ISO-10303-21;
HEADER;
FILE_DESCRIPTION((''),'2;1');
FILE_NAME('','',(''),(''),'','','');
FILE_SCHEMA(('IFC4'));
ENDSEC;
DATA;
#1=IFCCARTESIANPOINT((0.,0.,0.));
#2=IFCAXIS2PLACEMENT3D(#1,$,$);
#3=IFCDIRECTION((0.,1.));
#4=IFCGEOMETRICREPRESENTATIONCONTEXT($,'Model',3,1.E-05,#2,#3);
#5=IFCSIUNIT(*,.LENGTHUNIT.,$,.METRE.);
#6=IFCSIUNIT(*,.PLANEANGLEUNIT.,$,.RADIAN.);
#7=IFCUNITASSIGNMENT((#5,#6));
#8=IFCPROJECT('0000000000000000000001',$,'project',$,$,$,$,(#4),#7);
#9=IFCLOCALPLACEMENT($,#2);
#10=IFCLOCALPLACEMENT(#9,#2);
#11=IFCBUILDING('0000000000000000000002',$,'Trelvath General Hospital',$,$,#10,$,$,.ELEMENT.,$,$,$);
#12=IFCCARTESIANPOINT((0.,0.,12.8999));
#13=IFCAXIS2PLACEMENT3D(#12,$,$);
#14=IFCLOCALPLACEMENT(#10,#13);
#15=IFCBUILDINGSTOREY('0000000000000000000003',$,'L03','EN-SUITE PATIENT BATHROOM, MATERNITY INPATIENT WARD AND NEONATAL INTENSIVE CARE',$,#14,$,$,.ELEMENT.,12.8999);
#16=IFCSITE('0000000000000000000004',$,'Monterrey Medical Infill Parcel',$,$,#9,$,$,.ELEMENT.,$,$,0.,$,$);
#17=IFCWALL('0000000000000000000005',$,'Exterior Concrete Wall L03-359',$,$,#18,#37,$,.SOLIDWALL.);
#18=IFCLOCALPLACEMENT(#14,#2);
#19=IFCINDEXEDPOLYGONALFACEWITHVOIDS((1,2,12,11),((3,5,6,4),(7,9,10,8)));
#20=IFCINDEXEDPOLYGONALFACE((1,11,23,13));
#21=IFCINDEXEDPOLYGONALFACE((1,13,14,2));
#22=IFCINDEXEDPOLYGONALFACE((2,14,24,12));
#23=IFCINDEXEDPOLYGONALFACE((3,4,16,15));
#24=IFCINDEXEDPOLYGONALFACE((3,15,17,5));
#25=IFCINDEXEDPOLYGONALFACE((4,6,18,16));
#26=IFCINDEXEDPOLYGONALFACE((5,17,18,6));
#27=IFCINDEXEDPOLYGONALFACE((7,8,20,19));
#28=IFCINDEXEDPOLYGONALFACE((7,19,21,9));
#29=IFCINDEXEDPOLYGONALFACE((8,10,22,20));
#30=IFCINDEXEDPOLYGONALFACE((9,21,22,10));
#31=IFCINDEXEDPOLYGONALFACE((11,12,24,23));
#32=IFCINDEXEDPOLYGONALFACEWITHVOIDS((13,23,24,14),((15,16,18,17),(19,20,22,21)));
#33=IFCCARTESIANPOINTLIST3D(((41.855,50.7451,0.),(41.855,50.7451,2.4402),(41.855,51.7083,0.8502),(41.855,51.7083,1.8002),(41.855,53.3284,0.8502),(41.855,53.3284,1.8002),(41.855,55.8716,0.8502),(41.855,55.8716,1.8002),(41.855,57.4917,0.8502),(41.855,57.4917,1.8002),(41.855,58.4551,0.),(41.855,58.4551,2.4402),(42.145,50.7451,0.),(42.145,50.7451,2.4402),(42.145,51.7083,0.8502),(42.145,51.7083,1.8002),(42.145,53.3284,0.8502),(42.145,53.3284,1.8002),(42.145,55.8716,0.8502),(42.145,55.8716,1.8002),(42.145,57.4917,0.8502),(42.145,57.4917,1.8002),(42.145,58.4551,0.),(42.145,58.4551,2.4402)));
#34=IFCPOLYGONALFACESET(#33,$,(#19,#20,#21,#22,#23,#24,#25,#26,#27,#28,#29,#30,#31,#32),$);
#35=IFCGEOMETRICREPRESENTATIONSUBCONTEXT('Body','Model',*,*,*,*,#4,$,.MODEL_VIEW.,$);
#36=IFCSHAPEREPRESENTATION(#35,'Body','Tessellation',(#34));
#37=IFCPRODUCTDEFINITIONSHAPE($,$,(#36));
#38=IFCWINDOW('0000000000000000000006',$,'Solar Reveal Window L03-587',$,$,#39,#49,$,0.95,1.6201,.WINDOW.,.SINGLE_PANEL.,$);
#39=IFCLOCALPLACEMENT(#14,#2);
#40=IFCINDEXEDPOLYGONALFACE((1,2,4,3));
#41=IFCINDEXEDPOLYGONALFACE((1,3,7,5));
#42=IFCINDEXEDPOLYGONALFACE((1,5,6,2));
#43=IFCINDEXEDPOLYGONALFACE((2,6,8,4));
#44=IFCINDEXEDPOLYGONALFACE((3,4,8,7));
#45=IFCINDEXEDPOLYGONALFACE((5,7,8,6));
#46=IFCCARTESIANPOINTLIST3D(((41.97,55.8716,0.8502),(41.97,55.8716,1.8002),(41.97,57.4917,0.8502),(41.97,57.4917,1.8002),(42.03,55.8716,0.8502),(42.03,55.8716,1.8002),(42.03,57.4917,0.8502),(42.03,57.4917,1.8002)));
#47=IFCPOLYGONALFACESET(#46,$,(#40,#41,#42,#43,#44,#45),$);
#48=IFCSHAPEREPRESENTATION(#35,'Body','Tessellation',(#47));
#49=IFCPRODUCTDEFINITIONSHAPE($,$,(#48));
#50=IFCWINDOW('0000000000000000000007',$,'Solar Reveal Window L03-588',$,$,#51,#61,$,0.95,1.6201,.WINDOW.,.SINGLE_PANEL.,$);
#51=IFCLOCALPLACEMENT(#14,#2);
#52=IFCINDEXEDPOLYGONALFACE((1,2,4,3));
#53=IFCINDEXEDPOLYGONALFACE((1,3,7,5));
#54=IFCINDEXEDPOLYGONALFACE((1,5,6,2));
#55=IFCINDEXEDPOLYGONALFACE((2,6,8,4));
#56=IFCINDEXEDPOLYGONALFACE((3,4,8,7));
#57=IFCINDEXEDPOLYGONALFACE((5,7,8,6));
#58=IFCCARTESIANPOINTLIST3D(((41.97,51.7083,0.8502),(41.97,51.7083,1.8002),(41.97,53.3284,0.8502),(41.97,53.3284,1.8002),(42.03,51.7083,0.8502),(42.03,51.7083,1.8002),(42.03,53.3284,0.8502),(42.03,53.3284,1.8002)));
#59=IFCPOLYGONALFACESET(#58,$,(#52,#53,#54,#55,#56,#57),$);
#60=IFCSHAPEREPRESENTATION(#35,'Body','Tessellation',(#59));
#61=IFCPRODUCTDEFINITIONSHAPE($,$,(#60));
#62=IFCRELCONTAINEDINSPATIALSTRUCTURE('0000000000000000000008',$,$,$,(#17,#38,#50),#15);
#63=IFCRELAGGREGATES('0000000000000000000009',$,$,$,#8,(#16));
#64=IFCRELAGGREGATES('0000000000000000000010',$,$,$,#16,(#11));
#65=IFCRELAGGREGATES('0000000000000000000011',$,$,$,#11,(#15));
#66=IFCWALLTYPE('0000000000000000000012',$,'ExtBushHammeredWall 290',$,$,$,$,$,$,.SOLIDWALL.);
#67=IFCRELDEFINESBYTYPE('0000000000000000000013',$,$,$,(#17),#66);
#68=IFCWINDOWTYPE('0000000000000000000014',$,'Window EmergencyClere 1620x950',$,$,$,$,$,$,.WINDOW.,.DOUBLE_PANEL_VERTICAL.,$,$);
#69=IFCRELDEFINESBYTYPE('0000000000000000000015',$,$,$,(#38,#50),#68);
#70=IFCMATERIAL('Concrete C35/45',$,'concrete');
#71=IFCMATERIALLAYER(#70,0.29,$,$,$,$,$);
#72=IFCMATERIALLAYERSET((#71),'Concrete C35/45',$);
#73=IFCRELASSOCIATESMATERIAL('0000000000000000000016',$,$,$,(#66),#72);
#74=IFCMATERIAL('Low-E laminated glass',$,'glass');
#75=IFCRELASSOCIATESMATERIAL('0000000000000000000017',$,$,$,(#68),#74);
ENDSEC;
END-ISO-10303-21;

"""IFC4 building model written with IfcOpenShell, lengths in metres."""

from ifc_helpers import new_model, si_unit, direction, frame, frame_2d, origin, place, context, subcontext, project, spatial, rectangle, extrude, material, layer, layer_set, type_object, element, fill, save


model = new_model("IFC4")

# Units and contexts
model_context = context("Model", 3, precision=1e-05, world=origin(), true_north=direction((0.0, 1.0)))
body_context = subcontext(model_context, "Body", "Model", "MODEL_VIEW")
ifc_project = project(units=[si_unit("LENGTHUNIT", "METRE"), si_unit("PLANEANGLEUNIT", "RADIAN")], contexts=[model_context])

# Site, building, storey
site_placement = place(None, origin())
site = spatial("IfcSite", under=ifc_project, at=site_placement, Name="Monterrey Medical Infill Parcel", CompositionType="ELEMENT", RefElevation=0.0)
building_placement = place(site_placement, origin())
building = spatial("IfcBuilding", under=site, at=building_placement, Name="Trelvath General Hospital", CompositionType="ELEMENT")
storey_placement = place(building_placement, frame((0.0, 0.0, 12.8999)))
storey = spatial("IfcBuildingStorey", under=building, at=storey_placement, Name="L03", Description="EN-SUITE PATIENT BATHROOM, MATERNITY INPATIENT WARD AND NEONATAL INTENSIVE CARE", CompositionType="ELEMENT", Elevation=12.8999)

# Wall, openings, windows
ifc_material_1 = material(Name="Concrete C35/45", Category="concrete")
ifc_layer_1 = layer(ifc_material_1, 0.29)
ifc_layer_set_1 = layer_set([ifc_layer_1], Name="Concrete C35/45")
wall_type_1 = type_object("IfcWallType", Name="ExtBushHammeredWall 290", PredefinedType="SOLIDWALL", material=ifc_layer_set_1)
ifc_material_2 = material(Name="Low-E laminated glass", Category="glass")
window_type_1 = type_object("IfcWindowType", Name="Window EmergencyClere 1620x950", PartitioningType="DOUBLE_PANEL_VERTICAL", PredefinedType="WINDOW", material=ifc_material_2)
wall_1_placement = place(storey_placement, frame((42.0, 58.4551, 0.0), z_axis=(0.0, 0.0, 1.0), x_axis=(0.0, -1.0, 0.0)))
wall_1 = element("IfcWall", 1, at=wall_1_placement, inside=storey, type_object=wall_type_1, Name="Exterior Concrete Wall L03-359", PredefinedType="SOLIDWALL", context=body_context, shape_type="SweptSolid", body=[
    extrude(rectangle(XDim=7.71, YDim=0.29, at=frame_2d((3.855, 0.0))), origin(), (0.0, 0.0, 1.0), 2.4402),
])
opening_1_placement = place(wall_1_placement, frame((0.9634, 0.0, 0.8501)))
opening_1 = element("IfcOpeningElement", 2, at=opening_1_placement, cuts=wall_1, PredefinedType="OPENING", context=body_context, shape_type="SweptSolid", body=[
    extrude(rectangle(XDim=1.6201, YDim=0.95, at=frame_2d((0.8101, 0.4751))), frame((0.0, 0.155, 0.0), z_axis=(0.0, -1.0, 0.0), x_axis=(1.0, 0.0, 0.0)), (0.0, 0.0, 1.0), 0.3101),
])
opening_2_placement = place(wall_1_placement, frame((5.1267, 0.0, 0.8501)))
opening_2 = element("IfcOpeningElement", 3, at=opening_2_placement, cuts=wall_1, PredefinedType="OPENING", context=body_context, shape_type="SweptSolid", body=[
    extrude(rectangle(XDim=1.6201, YDim=0.95, at=frame_2d((0.8101, 0.4751))), frame((0.0, 0.155, 0.0), z_axis=(0.0, -1.0, 0.0), x_axis=(1.0, 0.0, 0.0)), (0.0, 0.0, 1.0), 0.3101),
])
window_1_placement = place(opening_1_placement, origin())
window_1 = element("IfcWindow", 4, at=window_1_placement, inside=storey, type_object=window_type_1, Name="Solar Reveal Window L03-587", OverallHeight=0.95, OverallWidth=1.6201, PartitioningType="SINGLE_PANEL", PredefinedType="WINDOW", context=body_context, shape_type="SweptSolid", body=[
    extrude(rectangle(XDim=1.6201, YDim=0.95, at=frame_2d((0.8101, 0.4751))), frame((0.0, 0.03, 0.0), z_axis=(0.0, -1.0, 0.0), x_axis=(1.0, 0.0, 0.0)), (0.0, 0.0, 1.0), 0.0601),
])
fill(opening_1, window_1)
window_2_placement = place(opening_2_placement, origin())
window_2 = element("IfcWindow", 5, at=window_2_placement, inside=storey, type_object=window_type_1, Name="Solar Reveal Window L03-588", OverallHeight=0.95, OverallWidth=1.6201, PartitioningType="SINGLE_PANEL", PredefinedType="WINDOW", context=body_context, shape_type="SweptSolid", body=[
    extrude(rectangle(XDim=1.6201, YDim=0.95, at=frame_2d((0.8101, 0.4751))), frame((0.0, 0.03, 0.0), z_axis=(0.0, -1.0, 0.0), x_axis=(1.0, 0.0, 0.0)), (0.0, 0.0, 1.0), 0.0601),
])
fill(opening_2, window_2)

save(model, "model.ifc")
